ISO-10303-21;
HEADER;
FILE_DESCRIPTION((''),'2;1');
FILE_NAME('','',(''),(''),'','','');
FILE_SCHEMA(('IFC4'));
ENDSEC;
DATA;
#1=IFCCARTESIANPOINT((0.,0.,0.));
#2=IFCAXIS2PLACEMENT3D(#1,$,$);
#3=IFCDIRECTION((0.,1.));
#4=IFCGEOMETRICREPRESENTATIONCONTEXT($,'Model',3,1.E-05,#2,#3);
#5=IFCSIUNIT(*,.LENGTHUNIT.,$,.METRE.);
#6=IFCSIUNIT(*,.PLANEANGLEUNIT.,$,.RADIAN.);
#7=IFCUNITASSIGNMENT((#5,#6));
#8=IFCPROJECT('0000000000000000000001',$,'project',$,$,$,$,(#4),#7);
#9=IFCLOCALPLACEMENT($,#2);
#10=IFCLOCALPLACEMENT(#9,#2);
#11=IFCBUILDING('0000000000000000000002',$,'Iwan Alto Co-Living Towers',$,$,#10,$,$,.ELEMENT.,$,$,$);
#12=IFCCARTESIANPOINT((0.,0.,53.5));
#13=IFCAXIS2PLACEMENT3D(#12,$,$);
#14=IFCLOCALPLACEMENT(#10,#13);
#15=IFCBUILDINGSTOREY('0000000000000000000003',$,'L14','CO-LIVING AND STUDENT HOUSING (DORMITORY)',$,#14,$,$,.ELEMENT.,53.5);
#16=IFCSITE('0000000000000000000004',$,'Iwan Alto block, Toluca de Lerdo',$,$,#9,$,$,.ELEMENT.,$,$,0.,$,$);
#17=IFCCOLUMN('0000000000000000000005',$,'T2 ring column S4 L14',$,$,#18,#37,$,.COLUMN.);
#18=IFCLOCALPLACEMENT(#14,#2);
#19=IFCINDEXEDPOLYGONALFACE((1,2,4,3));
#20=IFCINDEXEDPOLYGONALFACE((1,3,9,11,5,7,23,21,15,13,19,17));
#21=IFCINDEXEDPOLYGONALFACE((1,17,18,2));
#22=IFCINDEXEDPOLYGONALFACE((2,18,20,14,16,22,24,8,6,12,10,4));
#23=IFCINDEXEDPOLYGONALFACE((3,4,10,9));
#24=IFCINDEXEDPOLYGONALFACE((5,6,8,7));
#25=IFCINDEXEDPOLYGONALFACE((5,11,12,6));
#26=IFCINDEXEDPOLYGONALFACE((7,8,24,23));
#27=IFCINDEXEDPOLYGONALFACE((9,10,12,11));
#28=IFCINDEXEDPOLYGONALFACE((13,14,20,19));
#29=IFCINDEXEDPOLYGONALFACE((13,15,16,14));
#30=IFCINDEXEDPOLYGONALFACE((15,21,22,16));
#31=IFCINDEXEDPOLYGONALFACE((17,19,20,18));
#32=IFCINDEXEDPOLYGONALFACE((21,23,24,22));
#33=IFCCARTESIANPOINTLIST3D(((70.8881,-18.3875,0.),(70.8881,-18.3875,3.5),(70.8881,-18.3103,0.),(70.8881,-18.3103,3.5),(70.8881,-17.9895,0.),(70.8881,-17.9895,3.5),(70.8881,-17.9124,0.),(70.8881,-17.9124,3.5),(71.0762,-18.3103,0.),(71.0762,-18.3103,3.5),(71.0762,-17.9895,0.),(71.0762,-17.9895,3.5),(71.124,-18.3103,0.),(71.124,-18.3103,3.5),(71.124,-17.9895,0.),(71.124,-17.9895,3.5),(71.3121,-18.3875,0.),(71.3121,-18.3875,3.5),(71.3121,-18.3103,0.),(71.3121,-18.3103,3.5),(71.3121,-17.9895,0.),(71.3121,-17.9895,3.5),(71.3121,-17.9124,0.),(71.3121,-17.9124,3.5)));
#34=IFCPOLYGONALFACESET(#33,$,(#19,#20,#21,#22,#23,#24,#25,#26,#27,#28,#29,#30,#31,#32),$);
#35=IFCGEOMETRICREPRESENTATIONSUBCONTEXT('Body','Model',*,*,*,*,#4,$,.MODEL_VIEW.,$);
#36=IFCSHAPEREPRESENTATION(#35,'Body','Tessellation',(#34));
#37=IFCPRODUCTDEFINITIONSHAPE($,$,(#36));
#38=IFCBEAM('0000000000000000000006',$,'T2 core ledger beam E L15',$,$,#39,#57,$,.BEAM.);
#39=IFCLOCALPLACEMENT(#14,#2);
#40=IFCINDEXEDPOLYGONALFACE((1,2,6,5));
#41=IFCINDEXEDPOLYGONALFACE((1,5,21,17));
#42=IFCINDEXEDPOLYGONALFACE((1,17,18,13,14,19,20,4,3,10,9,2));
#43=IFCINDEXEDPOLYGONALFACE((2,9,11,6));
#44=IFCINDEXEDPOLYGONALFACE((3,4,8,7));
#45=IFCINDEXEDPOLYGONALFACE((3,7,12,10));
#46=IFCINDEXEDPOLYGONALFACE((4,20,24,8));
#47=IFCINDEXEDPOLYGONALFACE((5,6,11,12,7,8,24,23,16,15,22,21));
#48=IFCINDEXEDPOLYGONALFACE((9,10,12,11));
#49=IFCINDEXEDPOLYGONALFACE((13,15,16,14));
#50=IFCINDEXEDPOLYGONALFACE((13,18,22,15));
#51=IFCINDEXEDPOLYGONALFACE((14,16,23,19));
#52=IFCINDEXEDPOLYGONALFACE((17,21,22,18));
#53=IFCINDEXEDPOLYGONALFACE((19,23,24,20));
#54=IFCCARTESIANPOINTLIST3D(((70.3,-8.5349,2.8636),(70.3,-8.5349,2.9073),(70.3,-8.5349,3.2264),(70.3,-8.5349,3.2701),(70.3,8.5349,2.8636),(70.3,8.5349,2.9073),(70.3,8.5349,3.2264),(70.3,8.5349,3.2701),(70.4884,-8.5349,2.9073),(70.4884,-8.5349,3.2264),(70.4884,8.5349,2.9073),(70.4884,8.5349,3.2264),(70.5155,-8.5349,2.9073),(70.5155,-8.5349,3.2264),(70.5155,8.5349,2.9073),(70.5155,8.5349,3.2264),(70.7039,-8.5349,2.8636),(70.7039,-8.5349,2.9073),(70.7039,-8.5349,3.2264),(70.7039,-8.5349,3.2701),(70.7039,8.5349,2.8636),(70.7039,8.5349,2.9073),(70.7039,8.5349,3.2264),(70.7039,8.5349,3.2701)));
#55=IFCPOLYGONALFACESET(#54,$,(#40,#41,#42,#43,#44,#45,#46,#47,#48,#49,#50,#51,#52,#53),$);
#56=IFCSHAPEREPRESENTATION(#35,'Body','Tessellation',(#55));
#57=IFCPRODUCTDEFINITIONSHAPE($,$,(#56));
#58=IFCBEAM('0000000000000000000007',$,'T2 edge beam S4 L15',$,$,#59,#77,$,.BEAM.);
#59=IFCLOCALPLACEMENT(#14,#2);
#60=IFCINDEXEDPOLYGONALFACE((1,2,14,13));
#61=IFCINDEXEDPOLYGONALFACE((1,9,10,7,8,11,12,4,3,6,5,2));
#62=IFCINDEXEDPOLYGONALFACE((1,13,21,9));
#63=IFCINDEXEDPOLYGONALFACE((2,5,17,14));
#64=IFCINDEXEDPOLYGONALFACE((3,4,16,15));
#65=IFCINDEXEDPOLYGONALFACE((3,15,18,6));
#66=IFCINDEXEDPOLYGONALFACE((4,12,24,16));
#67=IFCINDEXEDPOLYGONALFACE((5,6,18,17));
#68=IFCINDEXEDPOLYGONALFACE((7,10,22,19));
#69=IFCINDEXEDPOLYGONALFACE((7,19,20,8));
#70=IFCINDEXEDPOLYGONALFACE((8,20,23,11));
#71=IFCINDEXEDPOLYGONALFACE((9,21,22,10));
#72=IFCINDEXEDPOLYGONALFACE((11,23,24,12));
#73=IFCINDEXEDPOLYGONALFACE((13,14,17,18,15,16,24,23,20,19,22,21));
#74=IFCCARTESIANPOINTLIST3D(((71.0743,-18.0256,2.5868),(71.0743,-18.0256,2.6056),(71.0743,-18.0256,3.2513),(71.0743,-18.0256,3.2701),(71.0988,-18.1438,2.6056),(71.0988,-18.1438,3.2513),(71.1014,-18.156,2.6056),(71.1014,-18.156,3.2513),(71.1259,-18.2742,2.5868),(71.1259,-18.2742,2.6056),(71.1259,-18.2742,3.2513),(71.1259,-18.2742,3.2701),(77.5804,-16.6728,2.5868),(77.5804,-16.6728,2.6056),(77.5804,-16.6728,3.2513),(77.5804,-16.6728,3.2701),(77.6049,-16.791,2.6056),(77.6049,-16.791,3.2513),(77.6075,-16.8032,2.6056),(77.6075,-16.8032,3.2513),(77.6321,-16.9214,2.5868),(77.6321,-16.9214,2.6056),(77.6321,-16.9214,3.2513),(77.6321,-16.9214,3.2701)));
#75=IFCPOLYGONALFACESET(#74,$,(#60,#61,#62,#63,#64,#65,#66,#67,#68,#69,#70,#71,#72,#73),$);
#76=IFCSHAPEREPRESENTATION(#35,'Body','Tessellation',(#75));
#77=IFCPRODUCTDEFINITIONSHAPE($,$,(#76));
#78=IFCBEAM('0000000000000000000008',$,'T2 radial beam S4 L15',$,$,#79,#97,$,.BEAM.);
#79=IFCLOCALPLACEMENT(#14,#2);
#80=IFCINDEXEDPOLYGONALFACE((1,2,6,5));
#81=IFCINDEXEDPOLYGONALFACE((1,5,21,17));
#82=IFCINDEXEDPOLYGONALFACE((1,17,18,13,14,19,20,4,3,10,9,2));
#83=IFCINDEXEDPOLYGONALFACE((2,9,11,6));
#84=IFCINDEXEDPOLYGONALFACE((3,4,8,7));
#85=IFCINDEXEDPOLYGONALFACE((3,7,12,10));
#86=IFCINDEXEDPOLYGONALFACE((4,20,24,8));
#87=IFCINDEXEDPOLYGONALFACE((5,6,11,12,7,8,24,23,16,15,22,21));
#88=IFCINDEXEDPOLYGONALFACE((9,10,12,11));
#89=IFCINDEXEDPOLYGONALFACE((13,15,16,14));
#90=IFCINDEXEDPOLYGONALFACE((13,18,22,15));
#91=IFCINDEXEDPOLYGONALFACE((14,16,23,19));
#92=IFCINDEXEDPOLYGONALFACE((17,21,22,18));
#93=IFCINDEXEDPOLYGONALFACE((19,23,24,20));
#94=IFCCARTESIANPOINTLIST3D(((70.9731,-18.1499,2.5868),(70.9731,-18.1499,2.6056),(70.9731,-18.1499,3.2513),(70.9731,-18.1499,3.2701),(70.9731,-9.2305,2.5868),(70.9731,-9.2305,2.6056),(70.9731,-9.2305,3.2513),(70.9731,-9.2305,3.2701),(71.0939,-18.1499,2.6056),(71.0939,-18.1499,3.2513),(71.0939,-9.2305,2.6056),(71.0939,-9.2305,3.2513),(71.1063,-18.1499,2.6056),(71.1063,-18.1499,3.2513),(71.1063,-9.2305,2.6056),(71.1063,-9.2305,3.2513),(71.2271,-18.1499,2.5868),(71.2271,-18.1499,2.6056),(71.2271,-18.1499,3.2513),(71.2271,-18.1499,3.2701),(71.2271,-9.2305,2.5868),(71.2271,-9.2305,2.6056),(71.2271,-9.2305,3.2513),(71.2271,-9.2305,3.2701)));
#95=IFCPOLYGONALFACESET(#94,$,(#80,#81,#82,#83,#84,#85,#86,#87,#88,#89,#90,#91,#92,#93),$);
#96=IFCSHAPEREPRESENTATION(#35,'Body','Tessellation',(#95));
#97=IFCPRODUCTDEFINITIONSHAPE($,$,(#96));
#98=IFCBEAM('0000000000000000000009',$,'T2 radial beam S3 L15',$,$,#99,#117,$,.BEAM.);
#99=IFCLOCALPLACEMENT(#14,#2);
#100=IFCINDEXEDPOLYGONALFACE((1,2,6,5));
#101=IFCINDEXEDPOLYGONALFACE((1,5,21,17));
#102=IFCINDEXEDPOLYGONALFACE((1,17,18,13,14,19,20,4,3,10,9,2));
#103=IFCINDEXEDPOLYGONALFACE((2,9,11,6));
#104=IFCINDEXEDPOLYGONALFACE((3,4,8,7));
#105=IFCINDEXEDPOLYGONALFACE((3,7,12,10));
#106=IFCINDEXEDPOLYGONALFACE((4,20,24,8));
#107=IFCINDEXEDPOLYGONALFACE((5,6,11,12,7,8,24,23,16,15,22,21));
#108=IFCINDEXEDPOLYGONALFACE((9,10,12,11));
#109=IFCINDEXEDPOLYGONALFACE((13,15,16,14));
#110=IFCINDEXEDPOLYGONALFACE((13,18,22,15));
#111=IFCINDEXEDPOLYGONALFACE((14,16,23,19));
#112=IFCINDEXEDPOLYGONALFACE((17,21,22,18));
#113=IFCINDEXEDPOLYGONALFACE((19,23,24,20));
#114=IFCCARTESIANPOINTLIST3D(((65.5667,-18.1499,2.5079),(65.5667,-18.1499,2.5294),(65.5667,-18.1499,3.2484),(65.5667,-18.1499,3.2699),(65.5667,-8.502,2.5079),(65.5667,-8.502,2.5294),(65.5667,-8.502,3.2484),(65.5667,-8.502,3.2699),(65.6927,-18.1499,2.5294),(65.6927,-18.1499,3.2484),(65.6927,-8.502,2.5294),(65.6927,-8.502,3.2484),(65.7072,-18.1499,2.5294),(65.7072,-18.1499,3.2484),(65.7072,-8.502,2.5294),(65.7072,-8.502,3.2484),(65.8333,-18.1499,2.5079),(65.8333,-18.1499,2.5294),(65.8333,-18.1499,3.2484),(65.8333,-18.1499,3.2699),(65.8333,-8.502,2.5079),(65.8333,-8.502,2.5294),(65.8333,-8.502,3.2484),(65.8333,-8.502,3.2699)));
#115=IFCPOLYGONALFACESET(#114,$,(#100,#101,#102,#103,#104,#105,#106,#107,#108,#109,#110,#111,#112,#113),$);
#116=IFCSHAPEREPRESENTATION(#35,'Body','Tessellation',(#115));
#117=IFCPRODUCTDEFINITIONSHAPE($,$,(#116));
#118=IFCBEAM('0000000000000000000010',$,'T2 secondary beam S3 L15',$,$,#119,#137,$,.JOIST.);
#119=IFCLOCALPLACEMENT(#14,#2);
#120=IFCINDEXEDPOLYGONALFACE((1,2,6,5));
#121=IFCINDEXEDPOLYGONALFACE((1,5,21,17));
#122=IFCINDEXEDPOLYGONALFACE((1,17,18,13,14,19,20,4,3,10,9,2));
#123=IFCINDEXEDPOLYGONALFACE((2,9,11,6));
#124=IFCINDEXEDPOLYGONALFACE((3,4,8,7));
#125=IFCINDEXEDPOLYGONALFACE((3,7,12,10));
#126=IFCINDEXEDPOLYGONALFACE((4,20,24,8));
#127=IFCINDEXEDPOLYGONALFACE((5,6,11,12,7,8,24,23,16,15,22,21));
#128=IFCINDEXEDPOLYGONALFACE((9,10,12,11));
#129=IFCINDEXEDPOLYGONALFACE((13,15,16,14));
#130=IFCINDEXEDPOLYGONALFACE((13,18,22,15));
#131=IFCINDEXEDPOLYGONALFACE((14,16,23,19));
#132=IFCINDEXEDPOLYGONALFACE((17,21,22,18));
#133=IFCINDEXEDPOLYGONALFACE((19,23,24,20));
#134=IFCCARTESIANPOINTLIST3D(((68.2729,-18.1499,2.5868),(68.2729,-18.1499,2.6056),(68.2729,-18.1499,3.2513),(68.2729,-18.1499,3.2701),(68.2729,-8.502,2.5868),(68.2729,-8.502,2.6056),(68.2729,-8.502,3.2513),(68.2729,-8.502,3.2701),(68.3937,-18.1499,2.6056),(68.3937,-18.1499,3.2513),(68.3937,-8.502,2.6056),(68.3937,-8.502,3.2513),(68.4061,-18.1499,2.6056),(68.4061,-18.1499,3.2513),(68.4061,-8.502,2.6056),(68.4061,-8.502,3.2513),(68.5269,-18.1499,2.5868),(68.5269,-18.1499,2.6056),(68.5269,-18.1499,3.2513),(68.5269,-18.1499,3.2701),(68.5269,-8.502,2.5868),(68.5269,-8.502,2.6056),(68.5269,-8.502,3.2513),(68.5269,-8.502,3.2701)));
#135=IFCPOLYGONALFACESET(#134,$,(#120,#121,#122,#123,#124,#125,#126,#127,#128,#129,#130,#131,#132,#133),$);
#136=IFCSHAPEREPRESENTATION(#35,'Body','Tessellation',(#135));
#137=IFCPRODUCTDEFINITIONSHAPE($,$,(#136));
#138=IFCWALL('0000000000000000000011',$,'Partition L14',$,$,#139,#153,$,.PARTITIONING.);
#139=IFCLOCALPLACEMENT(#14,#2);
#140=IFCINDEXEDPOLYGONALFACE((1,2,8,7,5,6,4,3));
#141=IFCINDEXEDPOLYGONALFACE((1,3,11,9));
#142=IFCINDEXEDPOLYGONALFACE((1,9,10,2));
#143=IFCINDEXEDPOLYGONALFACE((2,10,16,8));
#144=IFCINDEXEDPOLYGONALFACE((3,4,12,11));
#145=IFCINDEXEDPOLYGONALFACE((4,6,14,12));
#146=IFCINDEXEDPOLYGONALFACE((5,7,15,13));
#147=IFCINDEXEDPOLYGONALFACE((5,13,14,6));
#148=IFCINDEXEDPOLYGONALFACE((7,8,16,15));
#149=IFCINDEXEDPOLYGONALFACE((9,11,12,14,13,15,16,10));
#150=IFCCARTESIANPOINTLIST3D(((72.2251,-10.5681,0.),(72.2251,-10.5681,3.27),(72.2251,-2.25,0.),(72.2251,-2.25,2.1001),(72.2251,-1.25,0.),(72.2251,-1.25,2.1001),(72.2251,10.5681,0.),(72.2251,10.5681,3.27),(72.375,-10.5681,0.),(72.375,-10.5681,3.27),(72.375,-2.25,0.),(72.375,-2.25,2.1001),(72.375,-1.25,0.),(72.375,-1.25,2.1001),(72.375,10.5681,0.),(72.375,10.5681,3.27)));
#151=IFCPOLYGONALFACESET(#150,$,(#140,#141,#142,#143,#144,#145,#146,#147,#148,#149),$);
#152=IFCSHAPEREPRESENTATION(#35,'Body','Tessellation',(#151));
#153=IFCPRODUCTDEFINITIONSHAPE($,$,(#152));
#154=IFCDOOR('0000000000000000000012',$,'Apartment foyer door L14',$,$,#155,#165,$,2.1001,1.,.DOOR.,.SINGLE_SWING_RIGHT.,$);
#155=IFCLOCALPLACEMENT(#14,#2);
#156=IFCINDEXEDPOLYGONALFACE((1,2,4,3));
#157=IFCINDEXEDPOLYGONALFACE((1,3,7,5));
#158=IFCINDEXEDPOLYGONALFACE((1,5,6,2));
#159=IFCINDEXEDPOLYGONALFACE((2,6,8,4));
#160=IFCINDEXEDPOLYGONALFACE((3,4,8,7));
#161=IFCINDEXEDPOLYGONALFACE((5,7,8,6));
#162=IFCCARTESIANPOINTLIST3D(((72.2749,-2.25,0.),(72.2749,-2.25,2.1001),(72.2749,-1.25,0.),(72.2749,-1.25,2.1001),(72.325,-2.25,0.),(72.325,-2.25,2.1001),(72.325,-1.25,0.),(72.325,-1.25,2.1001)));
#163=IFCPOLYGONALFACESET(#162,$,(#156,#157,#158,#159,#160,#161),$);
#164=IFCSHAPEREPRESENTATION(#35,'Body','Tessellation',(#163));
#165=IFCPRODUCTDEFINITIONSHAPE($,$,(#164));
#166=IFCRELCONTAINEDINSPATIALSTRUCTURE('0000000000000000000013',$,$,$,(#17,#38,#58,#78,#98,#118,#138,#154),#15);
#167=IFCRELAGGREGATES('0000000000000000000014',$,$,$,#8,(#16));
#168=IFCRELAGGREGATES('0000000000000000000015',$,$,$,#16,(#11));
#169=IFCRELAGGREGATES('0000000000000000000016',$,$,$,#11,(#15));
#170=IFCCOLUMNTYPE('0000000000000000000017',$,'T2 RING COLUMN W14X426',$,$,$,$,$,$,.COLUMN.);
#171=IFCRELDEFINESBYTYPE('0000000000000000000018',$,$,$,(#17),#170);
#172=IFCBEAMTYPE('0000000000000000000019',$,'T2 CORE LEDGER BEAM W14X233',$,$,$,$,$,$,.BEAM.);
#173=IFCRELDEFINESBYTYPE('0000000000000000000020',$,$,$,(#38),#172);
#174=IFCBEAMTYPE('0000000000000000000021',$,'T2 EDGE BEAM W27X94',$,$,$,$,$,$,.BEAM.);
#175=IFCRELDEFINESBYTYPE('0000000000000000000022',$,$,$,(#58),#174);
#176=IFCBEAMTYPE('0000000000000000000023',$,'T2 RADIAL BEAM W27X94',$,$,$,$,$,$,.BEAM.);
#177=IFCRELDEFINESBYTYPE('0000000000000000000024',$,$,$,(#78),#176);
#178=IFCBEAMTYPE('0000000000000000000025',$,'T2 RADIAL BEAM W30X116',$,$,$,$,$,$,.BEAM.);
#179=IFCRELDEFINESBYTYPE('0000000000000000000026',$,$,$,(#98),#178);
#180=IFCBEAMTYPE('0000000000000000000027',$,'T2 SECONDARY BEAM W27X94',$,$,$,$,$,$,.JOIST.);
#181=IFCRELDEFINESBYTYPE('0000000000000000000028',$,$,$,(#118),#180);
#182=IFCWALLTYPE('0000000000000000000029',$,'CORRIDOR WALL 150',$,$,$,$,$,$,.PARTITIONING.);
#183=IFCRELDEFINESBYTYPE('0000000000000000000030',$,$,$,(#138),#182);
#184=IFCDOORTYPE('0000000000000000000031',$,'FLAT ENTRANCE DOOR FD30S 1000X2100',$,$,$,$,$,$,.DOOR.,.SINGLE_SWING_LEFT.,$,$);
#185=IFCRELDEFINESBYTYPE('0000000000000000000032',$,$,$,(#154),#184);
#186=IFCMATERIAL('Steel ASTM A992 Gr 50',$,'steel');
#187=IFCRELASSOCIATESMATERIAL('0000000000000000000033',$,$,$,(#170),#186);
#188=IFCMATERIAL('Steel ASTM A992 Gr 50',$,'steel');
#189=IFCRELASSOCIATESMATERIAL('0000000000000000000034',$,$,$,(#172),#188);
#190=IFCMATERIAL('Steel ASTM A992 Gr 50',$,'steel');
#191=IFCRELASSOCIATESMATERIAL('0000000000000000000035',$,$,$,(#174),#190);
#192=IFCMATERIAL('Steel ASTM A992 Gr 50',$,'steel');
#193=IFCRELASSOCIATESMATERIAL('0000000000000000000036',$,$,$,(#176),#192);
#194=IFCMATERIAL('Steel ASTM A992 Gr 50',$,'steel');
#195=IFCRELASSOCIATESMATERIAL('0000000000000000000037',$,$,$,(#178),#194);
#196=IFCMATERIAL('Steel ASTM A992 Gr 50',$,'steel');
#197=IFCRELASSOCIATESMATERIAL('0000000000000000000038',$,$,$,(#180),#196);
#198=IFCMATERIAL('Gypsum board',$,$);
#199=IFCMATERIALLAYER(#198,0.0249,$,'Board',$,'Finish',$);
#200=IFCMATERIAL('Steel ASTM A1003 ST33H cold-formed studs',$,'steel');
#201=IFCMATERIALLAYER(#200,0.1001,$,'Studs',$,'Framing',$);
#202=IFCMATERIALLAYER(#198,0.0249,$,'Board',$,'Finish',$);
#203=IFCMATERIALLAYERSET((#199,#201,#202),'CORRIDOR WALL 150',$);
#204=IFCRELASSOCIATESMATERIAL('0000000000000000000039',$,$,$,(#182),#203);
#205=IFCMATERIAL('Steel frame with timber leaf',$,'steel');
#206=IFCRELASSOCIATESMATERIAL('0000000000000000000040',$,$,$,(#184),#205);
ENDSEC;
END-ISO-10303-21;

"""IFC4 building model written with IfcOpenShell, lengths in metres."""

from ifc_helpers import new_model, si_unit, direction, frame, frame_2d, origin, origin_2d, place, context, subcontext, project, spatial, rectangle, i_section, extrude, material, layer, layer_set, material_profile, profile_set, type_object, element, fill, save


model = new_model("IFC4")

# Units and contexts
model_context = context("Model", 3, precision=1e-05, world=origin(), true_north=direction((0.0, 1.0)))
body_context = subcontext(model_context, "Body", "Model", "MODEL_VIEW")
ifc_project = project(units=[si_unit("LENGTHUNIT", "METRE"), si_unit("PLANEANGLEUNIT", "RADIAN")], contexts=[model_context])

# Site, building, storey
site_placement = place(None, origin())
site = spatial("IfcSite", under=ifc_project, at=site_placement, Name="Iwan Alto block, Toluca de Lerdo", CompositionType="ELEMENT", RefElevation=0.0)
building_placement = place(site_placement, origin())
building = spatial("IfcBuilding", under=site, at=building_placement, Name="Iwan Alto Co-Living Towers", CompositionType="ELEMENT")
storey_placement = place(building_placement, frame((0.0, 0.0, 53.5)))
storey = spatial("IfcBuildingStorey", under=building, at=storey_placement, Name="L14", Description="CO-LIVING AND STUDENT HOUSING (DORMITORY)", CompositionType="ELEMENT", Elevation=53.5)

# Column
ifc_material_1 = material(Name="Steel ASTM A992 Gr 50", Category="steel")
ifc_material_profile_1 = material_profile(ifc_material_1, i_section(OverallWidth=0.4241, OverallDepth=0.4751, WebThickness=0.0479, FlangeThickness=0.0771, at=origin_2d()), Name="W14X426")
ifc_profile_set_1 = profile_set([ifc_material_profile_1], Name="Steel ASTM A992 Gr 50")
column_type = type_object("IfcColumnType", Name="T2 RING COLUMN W14X426", PredefinedType="COLUMN", material=ifc_profile_set_1)
column_placement = place(storey_placement, frame((71.1001, -18.1499, 0.0), z_axis=(0.0, 0.0, 1.0), x_axis=(1.0, 0.0, 0.0)))
element("IfcColumn", 1, at=column_placement, inside=storey, type_object=column_type, Name="T2 ring column S4 L14", PredefinedType="COLUMN", context=body_context, shape_type="SweptSolid", body=[
    extrude(i_section(OverallWidth=0.4241, OverallDepth=0.4751, WebThickness=0.0479, FlangeThickness=0.0771, at=origin_2d()), origin(), (0.0, 0.0, 1.0), 3.5),
])

# Beams
ifc_material_2 = material(Name="Steel ASTM A992 Gr 50", Category="steel")
ifc_material_profile_2 = material_profile(ifc_material_2, i_section(OverallWidth=0.4038, OverallDepth=0.4065, WebThickness=0.0271, FlangeThickness=0.0437, at=origin_2d()), Name="W14X233")
ifc_profile_set_2 = profile_set([ifc_material_profile_2], Name="Steel ASTM A992 Gr 50")
beam_type_1 = type_object("IfcBeamType", Name="T2 CORE LEDGER BEAM W14X233", PredefinedType="BEAM", material=ifc_profile_set_2)
beam_1_placement = place(storey_placement, frame((70.502, -8.5349, 3.0669), z_axis=(0.0, 1.0, 0.0), x_axis=(-1.0, 0.0, 0.0)))
element("IfcBeam", 2, at=beam_1_placement, inside=storey, type_object=beam_type_1, Name="T2 core ledger beam E L15", PredefinedType="BEAM", context=body_context, shape_type="SweptSolid", body=[
    extrude(i_section(OverallWidth=0.4038, OverallDepth=0.4065, WebThickness=0.0271, FlangeThickness=0.0437, at=origin_2d()), origin(), (0.0, 0.0, 1.0), 17.0698),
])
ifc_material_3 = material(Name="Steel ASTM A992 Gr 50", Category="steel")
ifc_material_profile_3 = material_profile(ifc_material_3, i_section(OverallWidth=0.2539, OverallDepth=0.6833, WebThickness=0.0125, FlangeThickness=0.0188, at=origin_2d()), Name="W27X94")
ifc_profile_set_3 = profile_set([ifc_material_profile_3], Name="Steel ASTM A992 Gr 50")
beam_type_2 = type_object("IfcBeamType", Name="T2 EDGE BEAM W27X94", PredefinedType="BEAM", material=ifc_profile_set_3)
beam_2_placement = place(storey_placement, frame((71.1001, -18.1499, 2.9285), z_axis=(0.97906, 0.203571, 0.0), x_axis=(-0.203571, 0.97906, 0.0)))
element("IfcBeam", 3, at=beam_2_placement, inside=storey, type_object=beam_type_2, Name="T2 edge beam S4 L15", PredefinedType="BEAM", context=body_context, shape_type="SweptSolid", body=[
    extrude(i_section(OverallWidth=0.2539, OverallDepth=0.6833, WebThickness=0.0125, FlangeThickness=0.0188, at=origin_2d()), origin(), (0.0, 0.0, 1.0), 6.6453),
])
ifc_material_4 = material(Name="Steel ASTM A992 Gr 50", Category="steel")
ifc_material_profile_4 = material_profile(ifc_material_4, i_section(OverallWidth=0.2539, OverallDepth=0.6833, WebThickness=0.0125, FlangeThickness=0.0188, at=origin_2d()), Name="W27X94")
ifc_profile_set_4 = profile_set([ifc_material_profile_4], Name="Steel ASTM A992 Gr 50")
beam_type_3 = type_object("IfcBeamType", Name="T2 RADIAL BEAM W27X94", PredefinedType="BEAM", material=ifc_profile_set_4)
beam_3_placement = place(storey_placement, frame((71.1001, -18.1499, 2.9285), z_axis=(0.0, 1.0, 0.0), x_axis=(-1.0, 0.0, 0.0)))
element("IfcBeam", 4, at=beam_3_placement, inside=storey, type_object=beam_type_3, Name="T2 radial beam S4 L15", PredefinedType="BEAM", context=body_context, shape_type="SweptSolid", body=[
    extrude(i_section(OverallWidth=0.2539, OverallDepth=0.6833, WebThickness=0.0125, FlangeThickness=0.0188, at=origin_2d()), origin(), (0.0, 0.0, 1.0), 8.9194),
])
ifc_material_5 = material(Name="Steel ASTM A992 Gr 50", Category="steel")
ifc_material_profile_5 = material_profile(ifc_material_5, i_section(OverallWidth=0.2666, OverallDepth=0.762, WebThickness=0.0144, FlangeThickness=0.0215, at=origin_2d()), Name="W30X116")
ifc_profile_set_5 = profile_set([ifc_material_profile_5], Name="Steel ASTM A992 Gr 50")
beam_type_4 = type_object("IfcBeamType", Name="T2 RADIAL BEAM W30X116", PredefinedType="BEAM", material=ifc_profile_set_5)
beam_4_placement = place(storey_placement, frame((65.7, -18.1499, 2.8889), z_axis=(0.0, 1.0, 0.0), x_axis=(-1.0, 0.0, 0.0)))
element("IfcBeam", 5, at=beam_4_placement, inside=storey, type_object=beam_type_4, Name="T2 radial beam S3 L15", PredefinedType="BEAM", context=body_context, shape_type="SweptSolid", body=[
    extrude(i_section(OverallWidth=0.2666, OverallDepth=0.762, WebThickness=0.0144, FlangeThickness=0.0215, at=origin_2d()), origin(), (0.0, 0.0, 1.0), 9.6479),
])
ifc_material_6 = material(Name="Steel ASTM A992 Gr 50", Category="steel")
ifc_material_profile_6 = material_profile(ifc_material_6, i_section(OverallWidth=0.2539, OverallDepth=0.6833, WebThickness=0.0125, FlangeThickness=0.0188, at=origin_2d()), Name="W27X94")
ifc_profile_set_6 = profile_set([ifc_material_profile_6], Name="Steel ASTM A992 Gr 50")
beam_type_5 = type_object("IfcBeamType", Name="T2 SECONDARY BEAM W27X94", PredefinedType="JOIST", material=ifc_profile_set_6)
beam_5_placement = place(storey_placement, frame((68.3999, -18.1499, 2.9285), z_axis=(0.0, 1.0, 0.0), x_axis=(-1.0, 0.0, 0.0)))
element("IfcBeam", 6, at=beam_5_placement, inside=storey, type_object=beam_type_5, Name="T2 secondary beam S3 L15", PredefinedType="JOIST", context=body_context, shape_type="SweptSolid", body=[
    extrude(i_section(OverallWidth=0.2539, OverallDepth=0.6833, WebThickness=0.0125, FlangeThickness=0.0188, at=origin_2d()), origin(), (0.0, 0.0, 1.0), 9.6479),
])

# Wall, opening, door
ifc_material_7 = material(Name="Gypsum board")
ifc_layer_1 = layer(ifc_material_7, 0.0249, Name="Board", Category="Finish")
ifc_material_8 = material(Name="Steel ASTM A1003 ST33H cold-formed studs", Category="steel")
ifc_layer_2 = layer(ifc_material_8, 0.1001, Name="Studs", Category="Framing")
ifc_layer_3 = layer(ifc_material_7, 0.0249, Name="Board", Category="Finish")
ifc_layer_set_1 = layer_set([ifc_layer_1, ifc_layer_2, ifc_layer_3], Name="CORRIDOR WALL 150")
wall_type_1 = type_object("IfcWallType", Name="CORRIDOR WALL 150", PredefinedType="PARTITIONING", material=ifc_layer_set_1)
wall_1_placement = place(storey_placement, frame((72.3, -10.5681, 0.0), z_axis=(0.0, 0.0, 1.0), x_axis=(0.0, 1.0, 0.0)))
wall_1 = element("IfcWall", 7, at=wall_1_placement, inside=storey, type_object=wall_type_1, Name="Partition L14", PredefinedType="PARTITIONING", context=body_context, shape_type="SweptSolid", body=[
    extrude(rectangle(XDim=21.1362, YDim=0.1499, at=frame_2d((10.5681, 0.0))), origin(), (0.0, 0.0, 1.0), 3.27),
])
opening_1_placement = place(wall_1_placement, frame((8.3181, 0.0, 0.0)))
opening_1 = element("IfcOpeningElement", 8, at=opening_1_placement, cuts=wall_1, PredefinedType="OPENING", context=body_context, shape_type="SweptSolid", body=[
    extrude(rectangle(XDim=1.0, YDim=2.1001, at=frame_2d((0.5, 1.05))), frame((0.0, 0.085, 0.0), z_axis=(0.0, -1.0, 0.0), x_axis=(1.0, 0.0, 0.0)), (0.0, 0.0, 1.0), 0.1699),
])
ifc_material_9 = material(Name="Steel frame with timber leaf", Category="steel")
door_type_1 = type_object("IfcDoorType", Name="FLAT ENTRANCE DOOR FD30S 1000X2100", OperationType="SINGLE_SWING_LEFT", PredefinedType="DOOR", material=ifc_material_9)
door_1_placement = place(opening_1_placement, frame((1.0, 0.0, 0.0), z_axis=(0.0, 0.0, 1.0), x_axis=(-1.0, 0.0, 0.0)))
door_1 = element("IfcDoor", 9, at=door_1_placement, inside=storey, type_object=door_type_1, Name="Apartment foyer door L14", OperationType="SINGLE_SWING_RIGHT", OverallHeight=2.1001, OverallWidth=1.0, PredefinedType="DOOR", context=body_context, shape_type="SweptSolid", body=[
    extrude(rectangle(XDim=1.0, YDim=2.1001, at=frame_2d((0.5, 1.05))), frame((0.0, 0.0249, 0.0), z_axis=(0.0, -1.0, 0.0), x_axis=(1.0, 0.0, 0.0)), (0.0, 0.0, 1.0), 0.05),
])
fill(opening_1, door_1)

save(model, "model.ifc")
